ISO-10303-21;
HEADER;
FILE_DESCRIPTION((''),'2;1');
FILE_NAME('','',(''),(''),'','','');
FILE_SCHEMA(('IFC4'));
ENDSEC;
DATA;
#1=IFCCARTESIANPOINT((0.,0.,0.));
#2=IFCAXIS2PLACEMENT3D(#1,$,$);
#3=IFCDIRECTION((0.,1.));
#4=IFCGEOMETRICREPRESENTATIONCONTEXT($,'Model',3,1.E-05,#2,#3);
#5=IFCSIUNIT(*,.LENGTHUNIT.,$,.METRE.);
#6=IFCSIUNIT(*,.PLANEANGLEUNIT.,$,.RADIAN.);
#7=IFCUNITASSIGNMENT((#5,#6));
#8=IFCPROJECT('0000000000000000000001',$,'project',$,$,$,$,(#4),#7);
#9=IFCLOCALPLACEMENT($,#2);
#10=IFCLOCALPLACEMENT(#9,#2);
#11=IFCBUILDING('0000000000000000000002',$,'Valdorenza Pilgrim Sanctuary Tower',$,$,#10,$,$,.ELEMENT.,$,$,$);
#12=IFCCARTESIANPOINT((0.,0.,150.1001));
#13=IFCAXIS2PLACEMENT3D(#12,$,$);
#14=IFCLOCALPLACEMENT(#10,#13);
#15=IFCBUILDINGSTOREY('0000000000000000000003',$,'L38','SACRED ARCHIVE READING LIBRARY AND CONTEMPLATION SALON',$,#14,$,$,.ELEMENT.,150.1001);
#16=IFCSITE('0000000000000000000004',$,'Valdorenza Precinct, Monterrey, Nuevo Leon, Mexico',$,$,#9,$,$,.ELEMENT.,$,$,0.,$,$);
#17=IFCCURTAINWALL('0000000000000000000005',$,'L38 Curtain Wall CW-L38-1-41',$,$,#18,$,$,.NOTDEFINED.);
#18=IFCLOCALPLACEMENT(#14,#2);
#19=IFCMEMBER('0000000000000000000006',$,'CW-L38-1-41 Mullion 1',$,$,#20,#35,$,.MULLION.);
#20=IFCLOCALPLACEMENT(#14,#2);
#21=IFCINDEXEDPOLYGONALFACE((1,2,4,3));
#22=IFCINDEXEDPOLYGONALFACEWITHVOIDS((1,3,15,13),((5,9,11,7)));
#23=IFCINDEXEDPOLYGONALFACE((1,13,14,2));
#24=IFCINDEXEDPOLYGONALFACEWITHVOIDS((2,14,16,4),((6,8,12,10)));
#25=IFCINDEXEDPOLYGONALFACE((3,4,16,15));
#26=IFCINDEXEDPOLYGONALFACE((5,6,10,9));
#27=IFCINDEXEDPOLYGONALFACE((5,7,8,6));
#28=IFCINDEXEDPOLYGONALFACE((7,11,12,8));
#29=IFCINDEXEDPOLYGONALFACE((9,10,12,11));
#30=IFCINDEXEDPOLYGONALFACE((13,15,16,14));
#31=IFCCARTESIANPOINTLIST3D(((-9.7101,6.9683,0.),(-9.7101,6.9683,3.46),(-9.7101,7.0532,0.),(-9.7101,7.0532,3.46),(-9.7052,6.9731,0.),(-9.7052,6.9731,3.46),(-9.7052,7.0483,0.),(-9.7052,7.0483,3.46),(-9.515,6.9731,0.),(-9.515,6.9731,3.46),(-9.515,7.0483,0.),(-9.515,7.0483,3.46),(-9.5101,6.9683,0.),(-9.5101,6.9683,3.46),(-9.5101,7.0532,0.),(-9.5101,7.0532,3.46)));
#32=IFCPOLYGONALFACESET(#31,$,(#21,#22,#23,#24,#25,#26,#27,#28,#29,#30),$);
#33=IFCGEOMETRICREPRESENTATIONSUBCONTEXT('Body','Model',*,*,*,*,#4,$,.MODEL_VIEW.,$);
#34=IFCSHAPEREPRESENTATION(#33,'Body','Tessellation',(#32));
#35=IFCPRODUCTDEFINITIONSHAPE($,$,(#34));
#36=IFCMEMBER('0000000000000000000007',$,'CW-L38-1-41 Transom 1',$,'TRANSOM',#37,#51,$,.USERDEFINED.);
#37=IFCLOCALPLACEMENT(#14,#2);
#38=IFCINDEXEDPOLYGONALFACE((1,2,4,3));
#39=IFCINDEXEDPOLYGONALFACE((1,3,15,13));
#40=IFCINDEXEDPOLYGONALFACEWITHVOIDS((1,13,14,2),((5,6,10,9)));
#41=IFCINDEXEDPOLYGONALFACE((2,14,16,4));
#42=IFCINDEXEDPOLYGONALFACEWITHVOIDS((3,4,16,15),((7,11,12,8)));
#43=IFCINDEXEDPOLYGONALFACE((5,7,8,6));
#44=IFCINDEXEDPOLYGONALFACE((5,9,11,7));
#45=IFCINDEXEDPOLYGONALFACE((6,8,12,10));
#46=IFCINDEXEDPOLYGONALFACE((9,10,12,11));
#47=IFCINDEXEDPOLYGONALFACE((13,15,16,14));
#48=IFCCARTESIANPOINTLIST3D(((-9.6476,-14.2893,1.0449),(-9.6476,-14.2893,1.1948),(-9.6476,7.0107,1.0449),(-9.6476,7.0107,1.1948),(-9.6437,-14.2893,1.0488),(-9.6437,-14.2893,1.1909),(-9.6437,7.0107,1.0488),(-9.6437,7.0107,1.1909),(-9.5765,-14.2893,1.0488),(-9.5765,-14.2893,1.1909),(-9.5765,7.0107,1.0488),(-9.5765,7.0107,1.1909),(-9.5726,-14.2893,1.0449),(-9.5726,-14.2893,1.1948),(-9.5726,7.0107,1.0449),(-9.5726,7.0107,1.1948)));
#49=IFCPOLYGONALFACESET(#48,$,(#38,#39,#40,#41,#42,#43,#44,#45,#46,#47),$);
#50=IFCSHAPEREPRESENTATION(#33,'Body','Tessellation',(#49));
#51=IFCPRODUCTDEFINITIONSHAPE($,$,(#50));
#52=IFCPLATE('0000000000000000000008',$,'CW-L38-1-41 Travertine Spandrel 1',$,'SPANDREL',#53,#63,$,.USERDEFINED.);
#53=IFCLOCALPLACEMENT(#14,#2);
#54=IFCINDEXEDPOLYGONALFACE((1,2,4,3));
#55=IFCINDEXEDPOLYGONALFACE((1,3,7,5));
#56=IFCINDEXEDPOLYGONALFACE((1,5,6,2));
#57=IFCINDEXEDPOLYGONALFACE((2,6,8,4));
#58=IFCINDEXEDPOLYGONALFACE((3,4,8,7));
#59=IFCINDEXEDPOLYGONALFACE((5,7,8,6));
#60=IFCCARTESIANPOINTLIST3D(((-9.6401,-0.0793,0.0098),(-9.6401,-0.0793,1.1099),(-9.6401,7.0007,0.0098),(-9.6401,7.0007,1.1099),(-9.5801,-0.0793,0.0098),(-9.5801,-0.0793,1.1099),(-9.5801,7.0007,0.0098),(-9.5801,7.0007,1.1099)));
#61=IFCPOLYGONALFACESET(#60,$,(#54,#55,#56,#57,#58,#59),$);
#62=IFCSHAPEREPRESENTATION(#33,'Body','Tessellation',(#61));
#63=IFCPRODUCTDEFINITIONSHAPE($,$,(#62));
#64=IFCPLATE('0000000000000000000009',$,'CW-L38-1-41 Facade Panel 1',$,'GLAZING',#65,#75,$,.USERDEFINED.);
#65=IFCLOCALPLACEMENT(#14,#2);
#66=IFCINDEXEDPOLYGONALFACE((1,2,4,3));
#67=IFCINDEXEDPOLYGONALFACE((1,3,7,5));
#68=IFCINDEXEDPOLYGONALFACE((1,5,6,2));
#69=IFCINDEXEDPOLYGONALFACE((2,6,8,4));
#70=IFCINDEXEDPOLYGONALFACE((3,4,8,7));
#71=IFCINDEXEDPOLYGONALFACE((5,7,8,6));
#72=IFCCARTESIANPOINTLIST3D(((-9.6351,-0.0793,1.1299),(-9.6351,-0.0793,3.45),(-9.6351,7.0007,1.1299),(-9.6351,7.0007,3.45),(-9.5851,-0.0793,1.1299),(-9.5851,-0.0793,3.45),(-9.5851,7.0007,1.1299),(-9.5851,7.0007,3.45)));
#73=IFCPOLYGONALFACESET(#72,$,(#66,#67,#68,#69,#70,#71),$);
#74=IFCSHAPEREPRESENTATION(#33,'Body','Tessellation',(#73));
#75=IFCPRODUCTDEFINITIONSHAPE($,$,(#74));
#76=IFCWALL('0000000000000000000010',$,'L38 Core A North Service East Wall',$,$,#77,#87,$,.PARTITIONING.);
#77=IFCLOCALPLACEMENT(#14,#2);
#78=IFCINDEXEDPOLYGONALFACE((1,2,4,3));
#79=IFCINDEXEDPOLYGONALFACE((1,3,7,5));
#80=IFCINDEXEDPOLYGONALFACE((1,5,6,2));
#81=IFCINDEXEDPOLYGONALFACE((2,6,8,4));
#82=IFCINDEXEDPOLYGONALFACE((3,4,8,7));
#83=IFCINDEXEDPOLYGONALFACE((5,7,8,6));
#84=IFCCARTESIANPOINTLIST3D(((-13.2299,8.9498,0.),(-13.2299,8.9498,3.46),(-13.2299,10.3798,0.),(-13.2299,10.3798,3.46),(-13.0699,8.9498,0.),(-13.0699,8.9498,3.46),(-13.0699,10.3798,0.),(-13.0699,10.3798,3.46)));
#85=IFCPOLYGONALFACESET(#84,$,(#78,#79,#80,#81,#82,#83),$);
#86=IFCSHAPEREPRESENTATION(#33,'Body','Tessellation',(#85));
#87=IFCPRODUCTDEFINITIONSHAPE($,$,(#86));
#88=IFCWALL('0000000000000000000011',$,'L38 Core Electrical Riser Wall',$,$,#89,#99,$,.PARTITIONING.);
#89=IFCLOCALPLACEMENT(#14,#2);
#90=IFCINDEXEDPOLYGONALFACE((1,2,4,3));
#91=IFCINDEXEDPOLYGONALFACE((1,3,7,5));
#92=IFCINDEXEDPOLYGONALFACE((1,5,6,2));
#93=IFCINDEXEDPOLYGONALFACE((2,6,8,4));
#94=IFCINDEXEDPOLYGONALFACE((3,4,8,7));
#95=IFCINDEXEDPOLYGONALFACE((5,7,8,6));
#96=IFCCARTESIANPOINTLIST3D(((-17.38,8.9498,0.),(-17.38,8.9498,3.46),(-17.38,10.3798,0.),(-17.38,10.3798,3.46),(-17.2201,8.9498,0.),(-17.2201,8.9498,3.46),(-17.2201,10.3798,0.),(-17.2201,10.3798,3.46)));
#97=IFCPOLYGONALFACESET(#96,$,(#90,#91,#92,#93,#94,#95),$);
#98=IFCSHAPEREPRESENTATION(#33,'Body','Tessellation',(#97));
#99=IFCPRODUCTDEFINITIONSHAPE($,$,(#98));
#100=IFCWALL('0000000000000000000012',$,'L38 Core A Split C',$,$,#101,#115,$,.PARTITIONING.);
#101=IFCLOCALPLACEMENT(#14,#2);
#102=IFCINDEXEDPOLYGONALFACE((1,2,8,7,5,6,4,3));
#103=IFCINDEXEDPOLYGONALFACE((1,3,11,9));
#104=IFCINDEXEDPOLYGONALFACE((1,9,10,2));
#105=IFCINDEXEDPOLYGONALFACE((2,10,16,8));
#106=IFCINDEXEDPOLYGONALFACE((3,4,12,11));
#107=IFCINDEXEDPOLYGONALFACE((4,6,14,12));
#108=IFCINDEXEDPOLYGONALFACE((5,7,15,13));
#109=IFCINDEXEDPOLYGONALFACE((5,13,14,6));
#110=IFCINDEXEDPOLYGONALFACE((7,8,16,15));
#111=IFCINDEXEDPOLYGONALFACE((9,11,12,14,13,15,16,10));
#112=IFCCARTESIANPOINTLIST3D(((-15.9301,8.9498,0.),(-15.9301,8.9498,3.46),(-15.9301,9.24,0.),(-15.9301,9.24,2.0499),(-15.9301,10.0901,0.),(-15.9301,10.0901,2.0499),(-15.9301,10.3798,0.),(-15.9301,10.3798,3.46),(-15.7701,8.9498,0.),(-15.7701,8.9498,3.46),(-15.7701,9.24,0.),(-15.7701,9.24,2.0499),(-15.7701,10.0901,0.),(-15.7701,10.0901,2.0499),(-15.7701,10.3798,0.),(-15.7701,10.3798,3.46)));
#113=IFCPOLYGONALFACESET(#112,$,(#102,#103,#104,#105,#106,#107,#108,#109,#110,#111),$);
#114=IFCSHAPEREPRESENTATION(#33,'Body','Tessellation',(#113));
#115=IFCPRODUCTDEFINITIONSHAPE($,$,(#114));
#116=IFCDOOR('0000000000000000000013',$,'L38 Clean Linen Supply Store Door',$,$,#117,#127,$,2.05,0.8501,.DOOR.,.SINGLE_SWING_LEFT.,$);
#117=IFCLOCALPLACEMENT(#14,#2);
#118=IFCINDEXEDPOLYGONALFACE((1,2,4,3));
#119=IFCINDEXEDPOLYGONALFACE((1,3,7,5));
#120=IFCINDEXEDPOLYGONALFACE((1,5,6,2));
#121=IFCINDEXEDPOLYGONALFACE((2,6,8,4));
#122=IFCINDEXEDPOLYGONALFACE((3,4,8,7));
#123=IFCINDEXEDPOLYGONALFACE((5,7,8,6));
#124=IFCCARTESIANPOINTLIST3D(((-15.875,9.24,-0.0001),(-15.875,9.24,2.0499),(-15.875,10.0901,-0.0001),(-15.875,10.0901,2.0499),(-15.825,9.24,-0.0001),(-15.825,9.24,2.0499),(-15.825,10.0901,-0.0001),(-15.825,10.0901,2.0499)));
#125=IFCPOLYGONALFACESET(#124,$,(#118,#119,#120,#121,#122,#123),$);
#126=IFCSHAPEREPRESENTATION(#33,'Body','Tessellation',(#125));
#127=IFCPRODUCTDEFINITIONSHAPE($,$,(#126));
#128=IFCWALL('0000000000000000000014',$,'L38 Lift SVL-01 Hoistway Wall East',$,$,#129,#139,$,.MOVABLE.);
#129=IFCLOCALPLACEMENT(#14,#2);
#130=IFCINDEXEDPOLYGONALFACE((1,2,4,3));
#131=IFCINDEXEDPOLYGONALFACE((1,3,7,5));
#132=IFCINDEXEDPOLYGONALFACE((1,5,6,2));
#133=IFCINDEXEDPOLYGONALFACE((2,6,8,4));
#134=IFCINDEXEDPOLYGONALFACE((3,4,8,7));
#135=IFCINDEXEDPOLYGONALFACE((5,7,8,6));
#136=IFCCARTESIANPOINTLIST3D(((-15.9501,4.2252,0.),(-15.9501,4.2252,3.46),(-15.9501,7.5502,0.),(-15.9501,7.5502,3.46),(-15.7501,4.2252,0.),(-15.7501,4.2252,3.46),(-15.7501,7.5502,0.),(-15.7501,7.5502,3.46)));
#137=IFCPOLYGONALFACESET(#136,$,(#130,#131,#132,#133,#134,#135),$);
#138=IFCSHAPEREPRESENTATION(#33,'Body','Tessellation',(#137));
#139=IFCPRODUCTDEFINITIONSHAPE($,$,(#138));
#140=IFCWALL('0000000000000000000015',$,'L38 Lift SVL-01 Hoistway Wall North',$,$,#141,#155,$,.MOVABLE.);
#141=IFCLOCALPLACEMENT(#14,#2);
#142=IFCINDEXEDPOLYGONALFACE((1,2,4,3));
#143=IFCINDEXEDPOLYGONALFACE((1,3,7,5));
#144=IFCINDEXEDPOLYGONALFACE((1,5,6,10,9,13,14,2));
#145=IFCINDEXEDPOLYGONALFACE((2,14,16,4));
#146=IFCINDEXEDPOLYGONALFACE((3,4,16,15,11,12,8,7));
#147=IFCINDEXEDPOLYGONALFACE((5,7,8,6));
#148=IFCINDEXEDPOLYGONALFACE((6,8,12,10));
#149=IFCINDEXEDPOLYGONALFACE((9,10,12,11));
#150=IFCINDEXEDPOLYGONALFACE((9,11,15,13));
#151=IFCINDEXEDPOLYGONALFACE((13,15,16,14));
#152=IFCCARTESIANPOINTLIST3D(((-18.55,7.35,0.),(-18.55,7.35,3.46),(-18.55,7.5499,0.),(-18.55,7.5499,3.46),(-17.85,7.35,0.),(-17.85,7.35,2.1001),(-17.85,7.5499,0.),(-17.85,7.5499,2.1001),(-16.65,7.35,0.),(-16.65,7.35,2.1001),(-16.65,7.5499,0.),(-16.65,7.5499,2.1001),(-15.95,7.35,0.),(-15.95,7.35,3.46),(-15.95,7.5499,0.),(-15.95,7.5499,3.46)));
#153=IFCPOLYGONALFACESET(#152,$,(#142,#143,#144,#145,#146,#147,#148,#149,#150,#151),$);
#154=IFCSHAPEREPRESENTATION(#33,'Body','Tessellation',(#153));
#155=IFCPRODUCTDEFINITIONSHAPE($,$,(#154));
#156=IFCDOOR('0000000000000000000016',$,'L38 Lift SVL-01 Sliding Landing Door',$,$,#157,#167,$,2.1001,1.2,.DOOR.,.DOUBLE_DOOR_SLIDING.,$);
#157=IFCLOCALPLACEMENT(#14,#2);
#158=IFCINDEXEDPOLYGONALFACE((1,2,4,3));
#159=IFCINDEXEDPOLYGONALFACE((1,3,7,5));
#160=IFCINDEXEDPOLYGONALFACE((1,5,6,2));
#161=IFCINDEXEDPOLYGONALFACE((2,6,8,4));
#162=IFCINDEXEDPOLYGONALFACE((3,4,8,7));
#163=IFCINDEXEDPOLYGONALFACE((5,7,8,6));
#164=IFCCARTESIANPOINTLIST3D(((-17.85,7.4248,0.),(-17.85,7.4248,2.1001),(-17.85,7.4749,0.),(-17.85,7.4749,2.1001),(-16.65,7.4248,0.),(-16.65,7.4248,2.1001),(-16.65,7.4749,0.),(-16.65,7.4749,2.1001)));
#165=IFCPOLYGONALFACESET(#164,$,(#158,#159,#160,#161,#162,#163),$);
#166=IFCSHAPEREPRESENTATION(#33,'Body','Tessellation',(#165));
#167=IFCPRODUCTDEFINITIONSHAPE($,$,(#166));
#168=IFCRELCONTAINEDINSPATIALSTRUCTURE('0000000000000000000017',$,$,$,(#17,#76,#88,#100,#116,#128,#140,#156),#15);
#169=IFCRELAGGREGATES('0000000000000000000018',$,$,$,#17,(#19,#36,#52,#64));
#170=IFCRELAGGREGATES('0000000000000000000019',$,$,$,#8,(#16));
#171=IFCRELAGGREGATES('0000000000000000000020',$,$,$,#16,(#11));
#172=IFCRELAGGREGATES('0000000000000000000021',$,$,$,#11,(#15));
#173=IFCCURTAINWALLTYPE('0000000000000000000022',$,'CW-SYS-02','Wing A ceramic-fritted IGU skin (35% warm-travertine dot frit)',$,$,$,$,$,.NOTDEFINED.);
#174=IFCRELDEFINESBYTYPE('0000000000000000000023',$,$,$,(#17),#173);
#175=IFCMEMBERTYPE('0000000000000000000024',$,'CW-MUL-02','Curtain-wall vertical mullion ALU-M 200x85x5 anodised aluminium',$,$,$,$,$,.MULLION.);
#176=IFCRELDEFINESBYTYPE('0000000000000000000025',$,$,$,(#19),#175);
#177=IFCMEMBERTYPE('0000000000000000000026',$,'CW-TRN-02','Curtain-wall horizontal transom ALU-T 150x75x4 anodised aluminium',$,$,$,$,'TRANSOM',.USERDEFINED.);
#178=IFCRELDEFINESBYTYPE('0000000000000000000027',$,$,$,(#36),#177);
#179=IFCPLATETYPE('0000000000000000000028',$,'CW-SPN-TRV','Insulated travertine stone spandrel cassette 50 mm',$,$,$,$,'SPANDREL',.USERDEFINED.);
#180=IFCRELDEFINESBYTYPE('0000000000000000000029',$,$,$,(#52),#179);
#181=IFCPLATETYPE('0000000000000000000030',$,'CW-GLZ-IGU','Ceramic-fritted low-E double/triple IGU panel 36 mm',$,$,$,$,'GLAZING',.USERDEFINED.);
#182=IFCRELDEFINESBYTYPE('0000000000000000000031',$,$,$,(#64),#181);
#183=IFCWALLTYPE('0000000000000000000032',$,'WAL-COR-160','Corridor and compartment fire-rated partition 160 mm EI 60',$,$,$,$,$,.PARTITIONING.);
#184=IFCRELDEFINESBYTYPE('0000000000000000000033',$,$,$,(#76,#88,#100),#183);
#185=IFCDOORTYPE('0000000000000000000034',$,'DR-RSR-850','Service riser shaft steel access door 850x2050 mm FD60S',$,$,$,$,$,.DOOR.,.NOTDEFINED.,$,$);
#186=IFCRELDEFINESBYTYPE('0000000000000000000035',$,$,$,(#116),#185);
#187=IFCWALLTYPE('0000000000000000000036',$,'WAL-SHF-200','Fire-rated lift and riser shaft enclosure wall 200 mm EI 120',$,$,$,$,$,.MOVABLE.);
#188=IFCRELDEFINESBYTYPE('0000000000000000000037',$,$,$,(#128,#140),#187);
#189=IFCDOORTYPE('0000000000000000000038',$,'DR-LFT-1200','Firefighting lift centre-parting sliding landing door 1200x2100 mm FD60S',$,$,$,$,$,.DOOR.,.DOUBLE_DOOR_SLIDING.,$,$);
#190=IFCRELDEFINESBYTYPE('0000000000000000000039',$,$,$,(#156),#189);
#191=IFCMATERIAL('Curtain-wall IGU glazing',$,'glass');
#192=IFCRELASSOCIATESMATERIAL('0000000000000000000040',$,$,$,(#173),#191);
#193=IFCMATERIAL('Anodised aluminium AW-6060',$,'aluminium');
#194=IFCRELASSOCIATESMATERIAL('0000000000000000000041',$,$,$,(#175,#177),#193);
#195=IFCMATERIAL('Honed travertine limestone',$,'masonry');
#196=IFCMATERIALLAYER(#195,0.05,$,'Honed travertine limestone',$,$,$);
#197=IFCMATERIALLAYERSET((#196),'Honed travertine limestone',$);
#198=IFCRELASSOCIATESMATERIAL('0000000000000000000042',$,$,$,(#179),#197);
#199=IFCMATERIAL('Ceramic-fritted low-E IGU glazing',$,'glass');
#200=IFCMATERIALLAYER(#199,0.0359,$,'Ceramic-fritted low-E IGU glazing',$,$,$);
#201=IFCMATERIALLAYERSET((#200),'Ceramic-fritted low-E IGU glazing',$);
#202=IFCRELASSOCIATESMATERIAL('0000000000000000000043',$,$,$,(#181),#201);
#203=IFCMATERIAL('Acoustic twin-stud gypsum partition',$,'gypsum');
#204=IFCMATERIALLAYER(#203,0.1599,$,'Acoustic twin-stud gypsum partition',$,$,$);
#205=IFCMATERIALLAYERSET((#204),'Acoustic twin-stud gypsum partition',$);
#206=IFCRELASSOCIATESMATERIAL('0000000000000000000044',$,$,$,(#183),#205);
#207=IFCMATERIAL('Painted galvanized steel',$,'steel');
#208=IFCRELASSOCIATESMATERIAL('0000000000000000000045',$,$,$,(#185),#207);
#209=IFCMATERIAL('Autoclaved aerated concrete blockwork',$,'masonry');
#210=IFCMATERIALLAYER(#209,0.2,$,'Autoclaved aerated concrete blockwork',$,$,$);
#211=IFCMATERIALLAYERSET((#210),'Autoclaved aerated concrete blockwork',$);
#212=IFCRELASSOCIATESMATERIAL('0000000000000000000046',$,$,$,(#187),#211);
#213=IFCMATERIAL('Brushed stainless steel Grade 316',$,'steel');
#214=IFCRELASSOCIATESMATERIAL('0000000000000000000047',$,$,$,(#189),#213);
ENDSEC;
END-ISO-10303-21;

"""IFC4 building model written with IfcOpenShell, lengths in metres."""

from ifc_helpers import new_model, si_unit, direction, frame, frame_2d, origin, origin_2d, place, context, subcontext, project, spatial, rectangle, hollow_rectangle, extrude, source, transform, mapped, material, layer, layer_set, material_profile, profile_set, type_object, element, fill, aggregate, save


model = new_model("IFC4")

# Units and contexts
model_context = context("Model", 3, precision=1e-05, world=origin(), true_north=direction((0.0, 1.0)))
body_context = subcontext(model_context, "Body", "Model", "MODEL_VIEW")
ifc_project = project(units=[si_unit("LENGTHUNIT", "METRE"), si_unit("PLANEANGLEUNIT", "RADIAN")], contexts=[model_context])

# Site, building, storey
site_placement = place(None, origin())
site = spatial("IfcSite", under=ifc_project, at=site_placement, Name="Valdorenza Precinct, Monterrey, Nuevo Leon, Mexico", CompositionType="ELEMENT", RefElevation=0.0)
building_placement = place(site_placement, origin())
building = spatial("IfcBuilding", under=site, at=building_placement, Name="Valdorenza Pilgrim Sanctuary Tower", CompositionType="ELEMENT")
storey_placement = place(building_placement, frame((0.0, 0.0, 150.1001)))
storey = spatial("IfcBuildingStorey", under=building, at=storey_placement, Name="L38", Description="SACRED ARCHIVE READING LIBRARY AND CONTEMPLATION SALON", CompositionType="ELEMENT", Elevation=150.1001)

# Curtain wall, members, plates
ifc_material_1 = material(Name="Curtain-wall IGU glazing", Category="glass")
curtain_wall_type = type_object("IfcCurtainWallType", Name="CW-SYS-02", Description="Wing A ceramic-fritted IGU skin (35% warm-travertine dot frit)", PredefinedType="NOTDEFINED", material=ifc_material_1)
curtain_wall_placement = place(storey_placement, origin())
curtain_wall = element("IfcCurtainWall", 1, at=curtain_wall_placement, inside=storey, type_object=curtain_wall_type, Name="L38 Curtain Wall CW-L38-1-41", PredefinedType="NOTDEFINED")
ifc_material_2 = material(Name="Anodised aluminium AW-6060", Category="aluminium")
ifc_material_profile_1 = material_profile(ifc_material_2, hollow_rectangle(XDim=0.085, YDim=0.2, WallThickness=0.0049, at=origin_2d()), Name="ALU-M 200x85x5")
ifc_profile_set_1 = profile_set([ifc_material_profile_1], Name="Anodised aluminium AW-6060")
member_type_1 = type_object("IfcMemberType", Name="CW-MUL-02", Description="Curtain-wall vertical mullion ALU-M 200x85x5 anodised aluminium", PredefinedType="MULLION", material=ifc_profile_set_1)
shared_shape_1 = source(origin(), body_context, "Body", "SweptSolid", [
    extrude(hollow_rectangle(XDim=0.085, YDim=0.2, WallThickness=0.0049, at=origin_2d()), origin(), (0.0, 0.0, 1.0), 3.46),
])
member_1_placement = place(storey_placement, frame((-9.6101, 7.0107, 0.0), z_axis=(0.0, 0.0, 1.0), x_axis=(0.0, -1.0, 0.0)))
member_1 = element("IfcMember", 2, at=member_1_placement, type_object=member_type_1, Name="CW-L38-1-41 Mullion 1", PredefinedType="MULLION", context=body_context, shape_type="MappedRepresentation", body=[
    mapped(shared_shape_1, transform((0.0, 0.0, 0.0), x_axis=(1.0, 0.0, 0.0), y_axis=(0.0, 1.0, 0.0), z_axis=(0.0, 0.0, 1.0), scale=1.0)),
])
ifc_material_profile_2 = material_profile(ifc_material_2, hollow_rectangle(XDim=0.075, YDim=0.1499, WallThickness=0.0039, at=origin_2d()), Name="ALU-T 150x75x4")
ifc_profile_set_2 = profile_set([ifc_material_profile_2], Name="Anodised aluminium AW-6060")
member_type_2 = type_object("IfcMemberType", Name="CW-TRN-02", Description="Curtain-wall horizontal transom ALU-T 150x75x4 anodised aluminium", ElementType="TRANSOM", PredefinedType="USERDEFINED", material=ifc_profile_set_2)
shared_shape_2 = source(origin(), body_context, "Body", "SweptSolid", [
    extrude(hollow_rectangle(XDim=0.075, YDim=0.1499, WallThickness=0.0039, at=origin_2d()), origin(), (0.0, 0.0, 1.0), 21.3),
])
member_2_placement = place(storey_placement, frame((-9.6101, 7.0107, 1.1199), z_axis=(0.0, -1.0, 0.0), x_axis=(1.0, 0.0, 0.0)))
member_2 = element("IfcMember", 3, at=member_2_placement, type_object=member_type_2, Name="CW-L38-1-41 Transom 1", ObjectType="TRANSOM", PredefinedType="USERDEFINED", context=body_context, shape_type="MappedRepresentation", body=[
    mapped(shared_shape_2, transform((0.0, 0.0, 0.0), x_axis=(1.0, 0.0, 0.0), y_axis=(0.0, 1.0, 0.0), z_axis=(0.0, 0.0, 1.0), scale=1.0)),
])
ifc_material_3 = material(Name="Honed travertine limestone", Category="masonry")
ifc_layer_1 = layer(ifc_material_3, 0.05, Name="Honed travertine limestone")
ifc_layer_set_1 = layer_set([ifc_layer_1], Name="Honed travertine limestone")
plate_type_1 = type_object("IfcPlateType", Name="CW-SPN-TRV", Description="Insulated travertine stone spandrel cassette 50 mm", ElementType="SPANDREL", PredefinedType="USERDEFINED", material=ifc_layer_set_1)
shared_shape_3 = source(origin(), body_context, "Body", "SweptSolid", [
    extrude(rectangle(XDim=7.0801, YDim=0.0601, at=origin_2d()), origin(), (0.0, 0.0, 1.0), 1.1001),
])
plate_1_placement = place(storey_placement, frame((-9.6101, 3.4607, 0.0098), z_axis=(0.0, 0.0, 1.0), x_axis=(0.0, -1.0, 0.0)))
plate_1 = element("IfcPlate", 4, at=plate_1_placement, type_object=plate_type_1, Name="CW-L38-1-41 Travertine Spandrel 1", ObjectType="SPANDREL", PredefinedType="USERDEFINED", context=body_context, shape_type="MappedRepresentation", body=[
    mapped(shared_shape_3, transform((0.0, 0.0, 0.0), x_axis=(1.0, 0.0, 0.0), y_axis=(0.0, 1.0, 0.0), z_axis=(0.0, 0.0, 1.0), scale=1.0)),
])
ifc_material_4 = material(Name="Ceramic-fritted low-E IGU glazing", Category="glass")
ifc_layer_2 = layer(ifc_material_4, 0.0359, Name="Ceramic-fritted low-E IGU glazing")
ifc_layer_set_2 = layer_set([ifc_layer_2], Name="Ceramic-fritted low-E IGU glazing")
plate_type_2 = type_object("IfcPlateType", Name="CW-GLZ-IGU", Description="Ceramic-fritted low-E double/triple IGU panel 36 mm", ElementType="GLAZING", PredefinedType="USERDEFINED", material=ifc_layer_set_2)
shared_shape_4 = source(origin(), body_context, "Body", "SweptSolid", [
    extrude(rectangle(XDim=7.0801, YDim=0.05, at=origin_2d()), origin(), (0.0, 0.0, 1.0), 2.3201),
])
plate_2_placement = place(storey_placement, frame((-9.6101, 3.4607, 1.1299), z_axis=(0.0, 0.0, 1.0), x_axis=(0.0, -1.0, 0.0)))
plate_2 = element("IfcPlate", 5, at=plate_2_placement, type_object=plate_type_2, Name="CW-L38-1-41 Facade Panel 1", ObjectType="GLAZING", PredefinedType="USERDEFINED", context=body_context, shape_type="MappedRepresentation", body=[
    mapped(shared_shape_4, transform((0.0, 0.0, 0.0), x_axis=(1.0, 0.0, 0.0), y_axis=(0.0, 1.0, 0.0), z_axis=(0.0, 0.0, 1.0), scale=1.0)),
])
aggregate(curtain_wall, [member_1, member_2, plate_1, plate_2])

# Walls
ifc_material_5 = material(Name="Acoustic twin-stud gypsum partition", Category="gypsum")
ifc_layer_3 = layer(ifc_material_5, 0.1599, Name="Acoustic twin-stud gypsum partition")
ifc_layer_set_3 = layer_set([ifc_layer_3], Name="Acoustic twin-stud gypsum partition")
wall_type_1 = type_object("IfcWallType", Name="WAL-COR-160", Description="Corridor and compartment fire-rated partition 160 mm EI 60", PredefinedType="PARTITIONING", material=ifc_layer_set_3)
for number, where, z_axis, x_axis, name in (
    (6, (-13.1499, 8.95, 0.0), (0.0, 0.0, 1.0), (0.0, 1.0, 0.0), "L38 Core A North Service East Wall"),
    (7, (-17.3, 8.95, 0.0), (0.0, 0.0, 1.0), (0.0, 1.0, 0.0), "L38 Core Electrical Riser Wall"),
):
    element("IfcWall", number, at=place(storey_placement, frame(where, z_axis=z_axis, x_axis=x_axis)), inside=storey, type_object=wall_type_1, Name=name, PredefinedType="PARTITIONING", context=body_context, shape_type="SweptSolid", body=[
        extrude(rectangle(XDim=1.4299, YDim=0.1599, at=frame_2d((0.7148, 0.0))), origin(), (0.0, 0.0, 1.0), 3.46),
    ])

# Wall, opening, door
wall_1_placement = place(storey_placement, frame((-15.8501, 8.95, 0.0), z_axis=(0.0, 0.0, 1.0), x_axis=(0.0, 1.0, 0.0)))
wall_1 = element("IfcWall", 8, at=wall_1_placement, inside=storey, type_object=wall_type_1, Name="L38 Core A Split C", PredefinedType="PARTITIONING", context=body_context, shape_type="SweptSolid", body=[
    extrude(rectangle(XDim=1.4299, YDim=0.1599, at=frame_2d((0.7148, 0.0))), origin(), (0.0, 0.0, 1.0), 3.46),
])
opening_1_placement = place(wall_1_placement, frame((0.29, 0.0, 0.0)))
opening_1 = element("IfcOpeningElement", 9, at=opening_1_placement, cuts=wall_1, PredefinedType="OPENING", context=body_context, shape_type="SweptSolid", body=[
    extrude(rectangle(XDim=0.8501, YDim=2.05, at=frame_2d((0.425, 1.0249))), frame((0.0, 0.0947, 0.0), z_axis=(0.0, -1.0, 0.0), x_axis=(1.0, 0.0, 0.0)), (0.0, 0.0, 1.0), 0.1897),
])
ifc_material_6 = material(Name="Painted galvanized steel", Category="steel")
door_type_1 = type_object("IfcDoorType", Name="DR-RSR-850", Description="Service riser shaft steel access door 850x2050 mm FD60S", OperationType="NOTDEFINED", PredefinedType="DOOR", material=ifc_material_6)
door_1_placement = place(opening_1_placement, origin())
door_1 = element("IfcDoor", 10, at=door_1_placement, inside=storey, type_object=door_type_1, Name="L38 Clean Linen Supply Store Door", OperationType="SINGLE_SWING_LEFT", OverallHeight=2.05, OverallWidth=0.8501, PredefinedType="DOOR", context=body_context, shape_type="SweptSolid", body=[
    extrude(rectangle(XDim=0.8501, YDim=2.05, at=frame_2d((0.425, 1.0249))), frame((0.0, 0.0249, 0.0), z_axis=(0.0, -1.0, 0.0), x_axis=(1.0, 0.0, 0.0)), (0.0, 0.0, 1.0), 0.05),
])
fill(opening_1, door_1)

# Wall
ifc_material_7 = material(Name="Autoclaved aerated concrete blockwork", Category="masonry")
ifc_layer_4 = layer(ifc_material_7, 0.2, Name="Autoclaved aerated concrete blockwork")
ifc_layer_set_4 = layer_set([ifc_layer_4], Name="Autoclaved aerated concrete blockwork")
wall_type_2 = type_object("IfcWallType", Name="WAL-SHF-200", Description="Fire-rated lift and riser shaft enclosure wall 200 mm EI 120", PredefinedType="MOVABLE", material=ifc_layer_set_4)
wall_2_placement = place(storey_placement, frame((-15.8501, 4.2251, 0.0), z_axis=(0.0, 0.0, 1.0), x_axis=(0.0, 1.0, 0.0)))
element("IfcWall", 11, at=wall_2_placement, inside=storey, type_object=wall_type_2, Name="L38 Lift SVL-01 Hoistway Wall East", PredefinedType="MOVABLE", context=body_context, shape_type="SweptSolid", body=[
    extrude(rectangle(XDim=3.325, YDim=0.2, at=frame_2d((1.6626, 0.0))), origin(), (0.0, 0.0, 1.0), 3.46),
])

# Wall, opening, door
wall_3_placement = place(storey_placement, frame((-18.55, 7.45, 0.0), z_axis=(0.0, 0.0, 1.0), x_axis=(1.0, 0.0, 0.0)))
wall_3 = element("IfcWall", 12, at=wall_3_placement, inside=storey, type_object=wall_type_2, Name="L38 Lift SVL-01 Hoistway Wall North", PredefinedType="MOVABLE", context=body_context, shape_type="SweptSolid", body=[
    extrude(rectangle(XDim=2.6001, YDim=0.2, at=frame_2d((1.3, 0.0))), origin(), (0.0, 0.0, 1.0), 3.46),
])
opening_2_placement = place(wall_3_placement, frame((0.7, 0.0, 0.0)))
opening_2 = element("IfcOpeningElement", 13, at=opening_2_placement, cuts=wall_3, PredefinedType="OPENING", context=body_context, shape_type="SweptSolid", body=[
    extrude(rectangle(XDim=1.2, YDim=2.1001, at=frame_2d((0.6001, 1.05))), frame((0.0, 0.1147, 0.0), z_axis=(0.0, -1.0, 0.0), x_axis=(1.0, 0.0, 0.0)), (0.0, 0.0, 1.0), 0.2297),
])
ifc_material_8 = material(Name="Brushed stainless steel Grade 316", Category="steel")
door_type_2 = type_object("IfcDoorType", Name="DR-LFT-1200", Description="Firefighting lift centre-parting sliding landing door 1200x2100 mm FD60S", OperationType="DOUBLE_DOOR_SLIDING", PredefinedType="DOOR", material=ifc_material_8)
door_2_placement = place(opening_2_placement, origin())
door_2 = element("IfcDoor", 14, at=door_2_placement, inside=storey, type_object=door_type_2, Name="L38 Lift SVL-01 Sliding Landing Door", OperationType="DOUBLE_DOOR_SLIDING", OverallHeight=2.1001, OverallWidth=1.2, PredefinedType="DOOR", context=body_context, shape_type="SweptSolid", body=[
    extrude(rectangle(XDim=1.2, YDim=2.1001, at=frame_2d((0.6001, 1.05))), frame((0.0, 0.0249, 0.0), z_axis=(0.0, -1.0, 0.0), x_axis=(1.0, 0.0, 0.0)), (0.0, 0.0, 1.0), 0.05),
])
fill(opening_2, door_2)

save(model, "model.ifc")
